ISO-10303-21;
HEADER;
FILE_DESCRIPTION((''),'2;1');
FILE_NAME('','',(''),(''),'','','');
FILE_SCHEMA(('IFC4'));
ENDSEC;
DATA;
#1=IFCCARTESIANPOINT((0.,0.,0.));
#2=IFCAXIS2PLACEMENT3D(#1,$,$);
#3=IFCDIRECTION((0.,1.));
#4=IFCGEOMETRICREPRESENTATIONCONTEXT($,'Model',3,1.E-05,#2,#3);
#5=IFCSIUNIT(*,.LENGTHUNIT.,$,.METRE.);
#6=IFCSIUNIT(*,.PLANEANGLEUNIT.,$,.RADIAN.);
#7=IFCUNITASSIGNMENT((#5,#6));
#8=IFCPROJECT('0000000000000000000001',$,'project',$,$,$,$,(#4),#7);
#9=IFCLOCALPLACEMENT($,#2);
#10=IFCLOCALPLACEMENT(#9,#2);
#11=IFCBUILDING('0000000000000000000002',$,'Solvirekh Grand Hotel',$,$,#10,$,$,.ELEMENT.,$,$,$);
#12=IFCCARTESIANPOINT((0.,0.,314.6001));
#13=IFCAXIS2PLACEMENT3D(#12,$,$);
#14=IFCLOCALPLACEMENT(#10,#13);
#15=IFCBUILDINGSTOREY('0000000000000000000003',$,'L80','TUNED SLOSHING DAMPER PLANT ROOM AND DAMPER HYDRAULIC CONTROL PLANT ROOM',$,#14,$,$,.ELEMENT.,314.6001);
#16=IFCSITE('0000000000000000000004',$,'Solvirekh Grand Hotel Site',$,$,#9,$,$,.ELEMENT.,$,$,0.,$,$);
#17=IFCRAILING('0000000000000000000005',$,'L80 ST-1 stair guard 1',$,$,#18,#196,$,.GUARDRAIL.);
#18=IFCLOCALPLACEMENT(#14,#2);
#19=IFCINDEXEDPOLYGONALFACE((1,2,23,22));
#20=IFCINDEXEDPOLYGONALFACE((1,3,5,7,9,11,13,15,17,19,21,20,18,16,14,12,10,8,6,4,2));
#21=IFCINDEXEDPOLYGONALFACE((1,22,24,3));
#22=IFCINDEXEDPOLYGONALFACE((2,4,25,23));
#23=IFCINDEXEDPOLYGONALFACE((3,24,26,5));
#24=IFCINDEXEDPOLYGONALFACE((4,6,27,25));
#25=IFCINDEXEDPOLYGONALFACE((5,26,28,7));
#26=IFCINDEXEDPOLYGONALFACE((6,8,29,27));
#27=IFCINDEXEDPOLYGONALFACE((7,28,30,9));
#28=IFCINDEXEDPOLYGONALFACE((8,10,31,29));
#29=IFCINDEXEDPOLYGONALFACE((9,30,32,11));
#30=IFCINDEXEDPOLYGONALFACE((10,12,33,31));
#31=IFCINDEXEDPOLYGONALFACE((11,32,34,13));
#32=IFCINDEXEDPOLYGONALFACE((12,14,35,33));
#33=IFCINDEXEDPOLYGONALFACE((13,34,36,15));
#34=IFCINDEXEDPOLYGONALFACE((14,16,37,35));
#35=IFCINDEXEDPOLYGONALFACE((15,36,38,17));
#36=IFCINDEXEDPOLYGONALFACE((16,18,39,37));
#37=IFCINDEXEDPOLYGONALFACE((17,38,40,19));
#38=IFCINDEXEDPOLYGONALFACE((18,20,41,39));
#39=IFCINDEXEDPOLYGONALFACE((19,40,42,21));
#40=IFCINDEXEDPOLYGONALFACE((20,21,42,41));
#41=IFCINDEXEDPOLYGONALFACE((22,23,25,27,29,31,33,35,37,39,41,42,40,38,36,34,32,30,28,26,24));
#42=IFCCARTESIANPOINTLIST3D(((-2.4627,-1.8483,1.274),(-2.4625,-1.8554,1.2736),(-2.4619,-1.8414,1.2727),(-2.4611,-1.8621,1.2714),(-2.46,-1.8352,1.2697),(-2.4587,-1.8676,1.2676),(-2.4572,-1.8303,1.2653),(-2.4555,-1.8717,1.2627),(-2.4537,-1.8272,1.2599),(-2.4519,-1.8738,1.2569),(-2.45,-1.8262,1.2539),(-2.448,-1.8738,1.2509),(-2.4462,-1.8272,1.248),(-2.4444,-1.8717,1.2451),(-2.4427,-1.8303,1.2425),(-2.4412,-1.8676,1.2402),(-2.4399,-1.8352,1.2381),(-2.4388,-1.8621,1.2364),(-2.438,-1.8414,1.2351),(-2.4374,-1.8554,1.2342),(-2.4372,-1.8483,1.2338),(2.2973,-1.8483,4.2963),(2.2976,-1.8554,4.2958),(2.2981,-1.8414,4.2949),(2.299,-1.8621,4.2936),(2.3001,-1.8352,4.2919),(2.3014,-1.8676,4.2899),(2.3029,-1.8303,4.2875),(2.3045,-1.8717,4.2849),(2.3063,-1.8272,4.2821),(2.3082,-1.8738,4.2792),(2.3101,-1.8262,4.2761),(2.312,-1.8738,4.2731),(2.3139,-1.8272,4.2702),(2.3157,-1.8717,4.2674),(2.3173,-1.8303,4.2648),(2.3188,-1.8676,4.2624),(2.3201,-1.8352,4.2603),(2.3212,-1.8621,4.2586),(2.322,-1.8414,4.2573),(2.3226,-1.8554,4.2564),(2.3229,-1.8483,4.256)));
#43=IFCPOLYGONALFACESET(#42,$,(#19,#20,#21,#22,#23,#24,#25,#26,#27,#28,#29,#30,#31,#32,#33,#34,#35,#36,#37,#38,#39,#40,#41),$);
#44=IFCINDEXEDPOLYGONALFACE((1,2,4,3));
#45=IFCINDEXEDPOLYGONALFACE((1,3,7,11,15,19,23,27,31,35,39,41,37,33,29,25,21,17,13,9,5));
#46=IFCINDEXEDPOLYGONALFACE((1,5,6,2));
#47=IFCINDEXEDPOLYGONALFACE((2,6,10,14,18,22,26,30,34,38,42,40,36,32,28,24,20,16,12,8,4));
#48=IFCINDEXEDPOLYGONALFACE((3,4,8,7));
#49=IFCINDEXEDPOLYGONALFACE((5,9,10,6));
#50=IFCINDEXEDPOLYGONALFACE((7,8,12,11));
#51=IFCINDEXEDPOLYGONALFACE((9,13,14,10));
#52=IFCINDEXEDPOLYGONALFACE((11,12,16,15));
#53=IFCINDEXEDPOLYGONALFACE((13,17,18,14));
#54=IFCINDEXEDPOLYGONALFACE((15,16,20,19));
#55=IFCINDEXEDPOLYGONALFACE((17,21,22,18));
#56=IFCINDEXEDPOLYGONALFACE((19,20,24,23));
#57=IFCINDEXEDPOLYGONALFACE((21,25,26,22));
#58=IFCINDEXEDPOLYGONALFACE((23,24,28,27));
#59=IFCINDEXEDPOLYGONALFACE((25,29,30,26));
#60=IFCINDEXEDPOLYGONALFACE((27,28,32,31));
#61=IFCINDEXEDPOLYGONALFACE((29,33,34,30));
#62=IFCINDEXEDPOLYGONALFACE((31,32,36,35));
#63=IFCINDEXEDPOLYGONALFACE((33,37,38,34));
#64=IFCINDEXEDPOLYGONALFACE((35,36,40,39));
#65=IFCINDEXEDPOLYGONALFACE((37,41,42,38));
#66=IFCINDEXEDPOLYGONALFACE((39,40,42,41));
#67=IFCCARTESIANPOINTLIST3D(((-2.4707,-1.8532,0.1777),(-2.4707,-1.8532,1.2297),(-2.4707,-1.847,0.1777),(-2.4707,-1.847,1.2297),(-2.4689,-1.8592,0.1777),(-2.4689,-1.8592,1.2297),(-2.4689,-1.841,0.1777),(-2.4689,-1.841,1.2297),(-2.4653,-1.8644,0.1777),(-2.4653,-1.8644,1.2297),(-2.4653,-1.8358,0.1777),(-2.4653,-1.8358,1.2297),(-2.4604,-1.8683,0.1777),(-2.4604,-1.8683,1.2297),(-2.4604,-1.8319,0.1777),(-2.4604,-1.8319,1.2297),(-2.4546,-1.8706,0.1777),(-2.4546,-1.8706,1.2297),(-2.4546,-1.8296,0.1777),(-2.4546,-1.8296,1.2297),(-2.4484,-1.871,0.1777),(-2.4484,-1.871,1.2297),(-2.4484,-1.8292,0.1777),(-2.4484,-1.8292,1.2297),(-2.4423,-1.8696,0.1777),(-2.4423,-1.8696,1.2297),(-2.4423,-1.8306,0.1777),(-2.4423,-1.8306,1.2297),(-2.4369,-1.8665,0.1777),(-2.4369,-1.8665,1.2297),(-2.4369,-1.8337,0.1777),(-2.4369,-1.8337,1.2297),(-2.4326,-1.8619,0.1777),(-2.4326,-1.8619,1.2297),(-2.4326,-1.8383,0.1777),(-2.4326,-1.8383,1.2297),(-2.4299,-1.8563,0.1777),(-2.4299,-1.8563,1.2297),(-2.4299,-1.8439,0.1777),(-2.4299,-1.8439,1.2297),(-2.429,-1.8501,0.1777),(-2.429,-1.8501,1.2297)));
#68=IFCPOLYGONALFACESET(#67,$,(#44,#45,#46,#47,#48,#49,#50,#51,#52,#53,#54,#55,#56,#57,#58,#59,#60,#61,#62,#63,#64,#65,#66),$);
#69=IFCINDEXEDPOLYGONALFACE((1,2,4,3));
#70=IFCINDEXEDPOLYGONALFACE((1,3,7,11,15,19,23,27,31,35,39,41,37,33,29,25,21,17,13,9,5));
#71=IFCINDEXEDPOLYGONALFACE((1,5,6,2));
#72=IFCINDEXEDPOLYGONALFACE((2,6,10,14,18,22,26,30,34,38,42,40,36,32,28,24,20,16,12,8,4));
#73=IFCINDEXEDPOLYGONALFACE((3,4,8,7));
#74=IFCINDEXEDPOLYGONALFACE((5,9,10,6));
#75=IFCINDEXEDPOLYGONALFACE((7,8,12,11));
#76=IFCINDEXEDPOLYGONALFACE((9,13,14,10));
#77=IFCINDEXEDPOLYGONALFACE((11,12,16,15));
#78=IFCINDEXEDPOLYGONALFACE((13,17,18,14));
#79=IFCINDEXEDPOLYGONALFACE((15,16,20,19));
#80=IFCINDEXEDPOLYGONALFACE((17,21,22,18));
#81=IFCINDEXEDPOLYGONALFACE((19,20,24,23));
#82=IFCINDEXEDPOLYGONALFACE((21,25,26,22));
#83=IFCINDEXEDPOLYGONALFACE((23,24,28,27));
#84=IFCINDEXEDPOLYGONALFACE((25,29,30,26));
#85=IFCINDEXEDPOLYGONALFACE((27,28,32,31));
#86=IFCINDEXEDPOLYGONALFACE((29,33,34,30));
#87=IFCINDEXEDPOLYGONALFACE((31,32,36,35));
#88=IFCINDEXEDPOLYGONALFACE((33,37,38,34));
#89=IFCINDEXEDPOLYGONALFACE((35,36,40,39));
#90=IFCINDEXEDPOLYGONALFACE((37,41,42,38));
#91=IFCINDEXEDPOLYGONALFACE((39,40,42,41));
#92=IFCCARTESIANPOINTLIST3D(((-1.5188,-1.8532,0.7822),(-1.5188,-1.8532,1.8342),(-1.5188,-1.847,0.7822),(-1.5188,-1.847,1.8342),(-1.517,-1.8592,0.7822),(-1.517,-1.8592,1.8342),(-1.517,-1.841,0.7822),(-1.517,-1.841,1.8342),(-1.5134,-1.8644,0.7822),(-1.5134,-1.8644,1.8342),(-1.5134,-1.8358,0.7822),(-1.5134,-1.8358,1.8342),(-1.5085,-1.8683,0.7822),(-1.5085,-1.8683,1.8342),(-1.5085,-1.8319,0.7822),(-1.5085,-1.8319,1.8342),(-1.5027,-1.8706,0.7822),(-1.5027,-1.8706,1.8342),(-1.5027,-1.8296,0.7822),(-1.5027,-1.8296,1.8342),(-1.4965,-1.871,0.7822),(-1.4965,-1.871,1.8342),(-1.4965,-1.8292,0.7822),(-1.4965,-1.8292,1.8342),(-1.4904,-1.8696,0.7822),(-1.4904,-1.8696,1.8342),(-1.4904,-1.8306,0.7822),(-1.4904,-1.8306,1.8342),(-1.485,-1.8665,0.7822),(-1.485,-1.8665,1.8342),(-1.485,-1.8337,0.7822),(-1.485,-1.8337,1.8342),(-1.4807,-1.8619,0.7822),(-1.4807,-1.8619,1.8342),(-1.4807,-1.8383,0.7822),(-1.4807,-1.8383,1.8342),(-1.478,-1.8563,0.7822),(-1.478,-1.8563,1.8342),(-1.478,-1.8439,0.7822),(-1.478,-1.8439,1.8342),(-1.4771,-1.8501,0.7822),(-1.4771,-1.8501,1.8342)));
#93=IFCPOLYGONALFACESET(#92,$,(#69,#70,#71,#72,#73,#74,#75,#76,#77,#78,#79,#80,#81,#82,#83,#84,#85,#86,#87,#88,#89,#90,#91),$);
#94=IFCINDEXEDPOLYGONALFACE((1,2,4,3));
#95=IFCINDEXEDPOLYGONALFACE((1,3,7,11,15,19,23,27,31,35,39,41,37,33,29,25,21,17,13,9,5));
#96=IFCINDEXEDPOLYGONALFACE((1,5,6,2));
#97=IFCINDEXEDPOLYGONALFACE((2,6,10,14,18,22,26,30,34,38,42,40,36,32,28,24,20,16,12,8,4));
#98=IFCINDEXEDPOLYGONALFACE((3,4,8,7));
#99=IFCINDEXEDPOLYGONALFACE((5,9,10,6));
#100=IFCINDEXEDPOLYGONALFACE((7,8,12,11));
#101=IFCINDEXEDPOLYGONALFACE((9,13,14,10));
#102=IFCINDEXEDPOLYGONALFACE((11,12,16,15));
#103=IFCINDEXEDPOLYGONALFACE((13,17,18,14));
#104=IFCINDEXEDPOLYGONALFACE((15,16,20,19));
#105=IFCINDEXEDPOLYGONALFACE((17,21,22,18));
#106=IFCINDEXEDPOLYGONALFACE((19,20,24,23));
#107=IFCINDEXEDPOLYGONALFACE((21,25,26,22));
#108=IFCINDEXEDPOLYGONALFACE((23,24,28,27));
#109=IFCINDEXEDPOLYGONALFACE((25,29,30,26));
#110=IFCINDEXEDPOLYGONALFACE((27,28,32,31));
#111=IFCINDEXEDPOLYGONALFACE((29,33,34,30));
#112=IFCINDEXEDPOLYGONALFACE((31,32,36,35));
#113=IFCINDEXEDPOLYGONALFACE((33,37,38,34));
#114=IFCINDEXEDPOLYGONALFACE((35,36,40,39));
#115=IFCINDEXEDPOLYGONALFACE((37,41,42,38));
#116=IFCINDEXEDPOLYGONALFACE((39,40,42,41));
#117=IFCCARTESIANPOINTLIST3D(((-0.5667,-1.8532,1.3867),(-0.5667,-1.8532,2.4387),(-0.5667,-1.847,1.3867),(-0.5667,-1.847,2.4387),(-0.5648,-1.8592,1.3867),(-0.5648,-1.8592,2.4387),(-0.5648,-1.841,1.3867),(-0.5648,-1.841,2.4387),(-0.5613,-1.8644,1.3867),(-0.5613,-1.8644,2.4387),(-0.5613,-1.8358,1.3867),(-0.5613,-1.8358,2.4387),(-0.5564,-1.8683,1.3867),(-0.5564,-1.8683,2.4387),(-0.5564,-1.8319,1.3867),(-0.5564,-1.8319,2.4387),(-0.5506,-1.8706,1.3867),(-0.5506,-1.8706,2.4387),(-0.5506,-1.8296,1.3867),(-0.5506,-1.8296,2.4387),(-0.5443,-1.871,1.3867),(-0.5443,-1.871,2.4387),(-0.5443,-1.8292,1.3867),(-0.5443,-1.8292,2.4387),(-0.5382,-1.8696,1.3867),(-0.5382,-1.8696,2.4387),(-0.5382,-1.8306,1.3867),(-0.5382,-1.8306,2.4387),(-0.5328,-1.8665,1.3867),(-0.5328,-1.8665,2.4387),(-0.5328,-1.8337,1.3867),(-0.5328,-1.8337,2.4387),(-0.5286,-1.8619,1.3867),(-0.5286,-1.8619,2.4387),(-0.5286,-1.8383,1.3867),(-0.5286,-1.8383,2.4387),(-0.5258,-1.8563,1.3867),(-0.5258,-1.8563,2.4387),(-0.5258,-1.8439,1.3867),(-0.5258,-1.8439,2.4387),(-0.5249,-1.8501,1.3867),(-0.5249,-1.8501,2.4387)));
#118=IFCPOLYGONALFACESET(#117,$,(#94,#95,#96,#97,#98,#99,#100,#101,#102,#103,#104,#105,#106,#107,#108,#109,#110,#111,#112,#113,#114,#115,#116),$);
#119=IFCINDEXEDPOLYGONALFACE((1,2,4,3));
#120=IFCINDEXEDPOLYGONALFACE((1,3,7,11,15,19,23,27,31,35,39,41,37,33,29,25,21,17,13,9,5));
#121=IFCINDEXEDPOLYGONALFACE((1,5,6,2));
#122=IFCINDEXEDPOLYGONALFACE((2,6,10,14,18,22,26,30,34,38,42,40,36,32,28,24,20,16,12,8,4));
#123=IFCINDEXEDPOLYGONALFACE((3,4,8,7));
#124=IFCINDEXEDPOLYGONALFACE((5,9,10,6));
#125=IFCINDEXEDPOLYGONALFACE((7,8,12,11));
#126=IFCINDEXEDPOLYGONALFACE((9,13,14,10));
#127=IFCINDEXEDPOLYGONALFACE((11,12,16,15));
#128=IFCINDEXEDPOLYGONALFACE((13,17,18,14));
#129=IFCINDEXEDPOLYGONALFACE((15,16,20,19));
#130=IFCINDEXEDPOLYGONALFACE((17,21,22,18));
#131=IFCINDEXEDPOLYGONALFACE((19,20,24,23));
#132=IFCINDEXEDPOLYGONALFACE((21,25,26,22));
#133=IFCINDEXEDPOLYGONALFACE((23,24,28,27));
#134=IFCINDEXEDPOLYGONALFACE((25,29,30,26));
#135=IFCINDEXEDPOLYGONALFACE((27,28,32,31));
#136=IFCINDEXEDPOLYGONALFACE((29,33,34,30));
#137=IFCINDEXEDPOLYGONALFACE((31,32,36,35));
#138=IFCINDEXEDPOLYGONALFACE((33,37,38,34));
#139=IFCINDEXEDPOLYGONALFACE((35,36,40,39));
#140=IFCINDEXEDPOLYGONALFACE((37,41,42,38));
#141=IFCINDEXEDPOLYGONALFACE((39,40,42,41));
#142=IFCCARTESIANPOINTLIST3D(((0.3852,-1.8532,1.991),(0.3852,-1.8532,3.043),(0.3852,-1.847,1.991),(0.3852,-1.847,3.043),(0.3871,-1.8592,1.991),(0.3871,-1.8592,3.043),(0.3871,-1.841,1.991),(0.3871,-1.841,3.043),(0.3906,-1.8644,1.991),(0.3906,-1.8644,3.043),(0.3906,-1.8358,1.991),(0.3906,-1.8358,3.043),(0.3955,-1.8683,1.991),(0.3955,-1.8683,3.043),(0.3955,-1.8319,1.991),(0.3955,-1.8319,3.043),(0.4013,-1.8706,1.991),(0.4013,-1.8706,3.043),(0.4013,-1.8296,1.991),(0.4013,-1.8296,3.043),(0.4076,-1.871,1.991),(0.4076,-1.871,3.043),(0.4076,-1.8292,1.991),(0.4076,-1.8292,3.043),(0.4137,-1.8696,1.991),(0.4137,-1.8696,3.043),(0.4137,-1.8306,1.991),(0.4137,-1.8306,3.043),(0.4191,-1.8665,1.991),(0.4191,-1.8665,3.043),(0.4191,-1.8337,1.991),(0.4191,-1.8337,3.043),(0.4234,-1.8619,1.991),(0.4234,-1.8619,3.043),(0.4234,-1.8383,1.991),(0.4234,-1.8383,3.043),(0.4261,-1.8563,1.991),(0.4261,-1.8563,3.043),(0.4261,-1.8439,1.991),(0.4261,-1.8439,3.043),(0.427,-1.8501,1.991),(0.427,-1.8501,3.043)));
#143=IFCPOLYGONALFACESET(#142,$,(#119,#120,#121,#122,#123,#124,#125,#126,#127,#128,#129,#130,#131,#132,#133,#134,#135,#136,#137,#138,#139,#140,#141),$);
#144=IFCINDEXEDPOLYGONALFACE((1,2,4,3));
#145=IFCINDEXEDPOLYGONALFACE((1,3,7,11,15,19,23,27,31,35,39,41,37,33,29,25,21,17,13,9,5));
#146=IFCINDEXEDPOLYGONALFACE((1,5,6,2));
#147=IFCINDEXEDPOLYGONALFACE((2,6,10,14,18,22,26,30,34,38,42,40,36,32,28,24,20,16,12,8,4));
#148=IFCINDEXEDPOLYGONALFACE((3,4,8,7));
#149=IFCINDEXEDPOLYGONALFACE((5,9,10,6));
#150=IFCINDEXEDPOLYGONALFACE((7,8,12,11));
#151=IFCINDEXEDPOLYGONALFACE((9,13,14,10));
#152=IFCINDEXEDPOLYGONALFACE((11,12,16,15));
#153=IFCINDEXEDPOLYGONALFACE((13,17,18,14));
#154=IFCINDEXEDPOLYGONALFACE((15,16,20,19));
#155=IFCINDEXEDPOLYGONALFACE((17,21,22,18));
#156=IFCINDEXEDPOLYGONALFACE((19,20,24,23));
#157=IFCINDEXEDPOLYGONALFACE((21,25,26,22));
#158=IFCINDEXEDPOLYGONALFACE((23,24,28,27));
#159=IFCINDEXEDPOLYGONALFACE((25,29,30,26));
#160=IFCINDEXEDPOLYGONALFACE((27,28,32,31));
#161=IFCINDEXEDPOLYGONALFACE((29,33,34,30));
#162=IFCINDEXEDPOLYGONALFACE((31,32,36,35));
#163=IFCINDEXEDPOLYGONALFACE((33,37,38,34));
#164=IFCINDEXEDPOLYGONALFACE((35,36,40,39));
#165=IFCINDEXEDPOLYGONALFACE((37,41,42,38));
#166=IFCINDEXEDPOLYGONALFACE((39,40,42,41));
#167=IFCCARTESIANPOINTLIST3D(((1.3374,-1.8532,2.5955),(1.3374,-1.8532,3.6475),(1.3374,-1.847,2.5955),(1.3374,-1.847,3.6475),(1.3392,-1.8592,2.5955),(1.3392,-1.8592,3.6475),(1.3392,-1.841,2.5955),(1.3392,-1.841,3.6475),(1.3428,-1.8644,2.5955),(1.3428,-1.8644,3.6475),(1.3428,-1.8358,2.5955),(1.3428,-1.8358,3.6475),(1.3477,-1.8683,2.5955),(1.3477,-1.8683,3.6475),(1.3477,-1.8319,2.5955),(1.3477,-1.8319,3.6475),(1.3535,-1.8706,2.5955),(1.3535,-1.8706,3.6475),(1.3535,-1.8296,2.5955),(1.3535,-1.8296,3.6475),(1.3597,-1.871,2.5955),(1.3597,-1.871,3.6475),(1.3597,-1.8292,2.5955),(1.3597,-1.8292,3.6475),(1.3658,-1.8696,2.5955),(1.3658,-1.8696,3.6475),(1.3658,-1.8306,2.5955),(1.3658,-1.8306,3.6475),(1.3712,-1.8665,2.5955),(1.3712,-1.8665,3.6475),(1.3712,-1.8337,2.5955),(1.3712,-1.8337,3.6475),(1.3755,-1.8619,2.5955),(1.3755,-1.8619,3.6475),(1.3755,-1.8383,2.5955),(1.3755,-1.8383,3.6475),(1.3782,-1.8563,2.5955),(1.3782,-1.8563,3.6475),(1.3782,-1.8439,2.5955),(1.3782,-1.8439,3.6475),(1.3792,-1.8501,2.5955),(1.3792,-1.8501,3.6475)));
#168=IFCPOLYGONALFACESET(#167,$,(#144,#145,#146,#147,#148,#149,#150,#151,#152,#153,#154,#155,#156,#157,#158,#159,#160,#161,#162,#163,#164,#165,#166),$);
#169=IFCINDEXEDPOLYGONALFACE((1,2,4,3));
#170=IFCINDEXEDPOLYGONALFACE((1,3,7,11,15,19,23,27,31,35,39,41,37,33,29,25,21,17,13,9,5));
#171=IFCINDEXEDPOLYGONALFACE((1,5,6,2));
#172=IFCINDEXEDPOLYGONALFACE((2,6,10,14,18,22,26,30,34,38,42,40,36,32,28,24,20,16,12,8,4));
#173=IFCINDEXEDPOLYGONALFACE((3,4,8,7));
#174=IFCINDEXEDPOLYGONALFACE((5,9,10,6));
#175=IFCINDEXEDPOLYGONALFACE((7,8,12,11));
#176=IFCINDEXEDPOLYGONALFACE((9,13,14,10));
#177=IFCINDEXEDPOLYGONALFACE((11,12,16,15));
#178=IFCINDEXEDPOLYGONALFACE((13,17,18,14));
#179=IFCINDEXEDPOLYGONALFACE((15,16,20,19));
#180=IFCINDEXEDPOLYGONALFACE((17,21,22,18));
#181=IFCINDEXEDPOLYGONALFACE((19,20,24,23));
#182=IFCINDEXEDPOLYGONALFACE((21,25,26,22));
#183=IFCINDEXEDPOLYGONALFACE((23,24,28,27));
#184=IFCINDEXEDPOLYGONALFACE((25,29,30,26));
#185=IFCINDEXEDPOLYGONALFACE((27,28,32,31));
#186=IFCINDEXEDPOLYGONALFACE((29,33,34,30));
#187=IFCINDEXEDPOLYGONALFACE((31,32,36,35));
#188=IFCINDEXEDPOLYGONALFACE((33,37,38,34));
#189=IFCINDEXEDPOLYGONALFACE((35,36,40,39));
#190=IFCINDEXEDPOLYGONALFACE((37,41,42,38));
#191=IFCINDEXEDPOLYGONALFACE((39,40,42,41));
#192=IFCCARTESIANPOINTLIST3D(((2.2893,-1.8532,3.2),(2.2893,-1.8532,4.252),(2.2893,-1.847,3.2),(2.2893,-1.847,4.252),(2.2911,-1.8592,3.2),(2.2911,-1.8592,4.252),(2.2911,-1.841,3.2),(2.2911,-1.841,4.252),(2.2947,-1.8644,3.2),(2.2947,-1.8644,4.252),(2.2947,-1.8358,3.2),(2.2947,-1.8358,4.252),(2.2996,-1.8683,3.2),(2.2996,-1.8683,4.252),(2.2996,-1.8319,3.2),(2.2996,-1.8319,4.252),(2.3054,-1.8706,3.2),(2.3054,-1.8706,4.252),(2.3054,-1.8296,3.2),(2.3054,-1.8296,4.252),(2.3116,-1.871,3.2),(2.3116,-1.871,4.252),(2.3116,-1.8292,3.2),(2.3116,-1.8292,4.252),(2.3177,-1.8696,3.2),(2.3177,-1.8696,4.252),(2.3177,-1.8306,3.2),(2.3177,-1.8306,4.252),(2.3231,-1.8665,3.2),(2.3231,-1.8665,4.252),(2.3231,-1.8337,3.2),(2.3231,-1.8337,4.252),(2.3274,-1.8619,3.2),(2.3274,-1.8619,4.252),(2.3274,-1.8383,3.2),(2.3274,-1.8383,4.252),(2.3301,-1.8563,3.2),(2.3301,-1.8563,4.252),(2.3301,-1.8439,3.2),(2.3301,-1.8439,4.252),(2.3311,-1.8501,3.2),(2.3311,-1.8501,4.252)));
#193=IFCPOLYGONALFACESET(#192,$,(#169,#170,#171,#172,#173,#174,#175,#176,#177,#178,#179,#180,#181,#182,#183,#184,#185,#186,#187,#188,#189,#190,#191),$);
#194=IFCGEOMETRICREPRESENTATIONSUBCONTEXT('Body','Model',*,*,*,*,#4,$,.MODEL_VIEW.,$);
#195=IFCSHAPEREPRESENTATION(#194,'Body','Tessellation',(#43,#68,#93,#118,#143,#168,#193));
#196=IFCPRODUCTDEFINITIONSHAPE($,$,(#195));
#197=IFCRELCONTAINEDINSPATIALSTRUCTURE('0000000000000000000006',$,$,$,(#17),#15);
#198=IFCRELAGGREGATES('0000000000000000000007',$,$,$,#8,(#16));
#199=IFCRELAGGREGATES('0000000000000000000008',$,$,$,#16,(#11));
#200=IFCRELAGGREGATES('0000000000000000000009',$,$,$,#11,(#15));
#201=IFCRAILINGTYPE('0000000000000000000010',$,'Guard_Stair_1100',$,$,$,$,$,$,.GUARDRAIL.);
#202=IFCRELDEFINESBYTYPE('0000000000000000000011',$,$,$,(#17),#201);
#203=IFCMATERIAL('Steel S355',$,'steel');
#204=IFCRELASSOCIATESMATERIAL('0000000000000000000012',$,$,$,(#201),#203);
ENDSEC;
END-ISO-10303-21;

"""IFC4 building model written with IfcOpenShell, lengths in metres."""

from ifc_helpers import new_model, si_unit, direction, frame, origin, origin_2d, place, context, subcontext, project, spatial, circle, extrude, material, type_object, element, save


model = new_model("IFC4")

# Units and contexts
model_context = context("Model", 3, precision=1e-05, world=origin(), true_north=direction((0.0, 1.0)))
body_context = subcontext(model_context, "Body", "Model", "MODEL_VIEW")
ifc_project = project(units=[si_unit("LENGTHUNIT", "METRE"), si_unit("PLANEANGLEUNIT", "RADIAN")], contexts=[model_context])

# Site, building, storey
site_placement = place(None, origin())
site = spatial("IfcSite", under=ifc_project, at=site_placement, Name="Solvirekh Grand Hotel Site", CompositionType="ELEMENT", RefElevation=0.0)
building_placement = place(site_placement, origin())
building = spatial("IfcBuilding", under=site, at=building_placement, Name="Solvirekh Grand Hotel", CompositionType="ELEMENT")
storey_placement = place(building_placement, frame((0.0, 0.0, 314.6001)))
storey = spatial("IfcBuildingStorey", under=building, at=storey_placement, Name="L80", Description="TUNED SLOSHING DAMPER PLANT ROOM AND DAMPER HYDRAULIC CONTROL PLANT ROOM", CompositionType="ELEMENT", Elevation=314.6001)

# Shared definitions
ifc_material_1 = material(Name="Steel S355", Category="steel")

# Railing
railing_type_1 = type_object("IfcRailingType", Name="Guard_Stair_1100", PredefinedType="GUARDRAIL", material=ifc_material_1)
railing_1_placement = place(storey_placement, frame((-2.45, -1.8501, 0.1777)))
element("IfcRailing", 1, at=railing_1_placement, inside=storey, type_object=railing_type_1, Name="L80 ST-1 stair guard 1", PredefinedType="GUARDRAIL", context=body_context, shape_type="SweptSolid", body=[
    extrude(circle(Radius=0.0239, at=origin_2d()), frame((0.0, 0.0, 1.0762), z_axis=(0.844214, 0.0, 0.536007), x_axis=(0.0, 1.0, 0.0)), (0.0, 0.0, 1.0), 5.6384),
    extrude(circle(Radius=0.021, at=origin_2d()), origin(), (0.0, 0.0, 1.0), 1.052),
    extrude(circle(Radius=0.021, at=origin_2d()), frame((0.9519, 0.0, 0.6045)), (0.0, 0.0, 1.0), 1.052),
    extrude(circle(Radius=0.021, at=origin_2d()), frame((1.9041, 0.0, 1.209)), (0.0, 0.0, 1.0), 1.052),
    extrude(circle(Radius=0.021, at=origin_2d()), frame((2.856, 0.0, 1.8132)), (0.0, 0.0, 1.0), 1.052),
    extrude(circle(Radius=0.021, at=origin_2d()), frame((3.8081, 0.0, 2.4177)), (0.0, 0.0, 1.0), 1.052),
    extrude(circle(Radius=0.021, at=origin_2d()), frame((4.76, 0.0, 3.0222)), (0.0, 0.0, 1.0), 1.052),
])

save(model, "model.ifc")
